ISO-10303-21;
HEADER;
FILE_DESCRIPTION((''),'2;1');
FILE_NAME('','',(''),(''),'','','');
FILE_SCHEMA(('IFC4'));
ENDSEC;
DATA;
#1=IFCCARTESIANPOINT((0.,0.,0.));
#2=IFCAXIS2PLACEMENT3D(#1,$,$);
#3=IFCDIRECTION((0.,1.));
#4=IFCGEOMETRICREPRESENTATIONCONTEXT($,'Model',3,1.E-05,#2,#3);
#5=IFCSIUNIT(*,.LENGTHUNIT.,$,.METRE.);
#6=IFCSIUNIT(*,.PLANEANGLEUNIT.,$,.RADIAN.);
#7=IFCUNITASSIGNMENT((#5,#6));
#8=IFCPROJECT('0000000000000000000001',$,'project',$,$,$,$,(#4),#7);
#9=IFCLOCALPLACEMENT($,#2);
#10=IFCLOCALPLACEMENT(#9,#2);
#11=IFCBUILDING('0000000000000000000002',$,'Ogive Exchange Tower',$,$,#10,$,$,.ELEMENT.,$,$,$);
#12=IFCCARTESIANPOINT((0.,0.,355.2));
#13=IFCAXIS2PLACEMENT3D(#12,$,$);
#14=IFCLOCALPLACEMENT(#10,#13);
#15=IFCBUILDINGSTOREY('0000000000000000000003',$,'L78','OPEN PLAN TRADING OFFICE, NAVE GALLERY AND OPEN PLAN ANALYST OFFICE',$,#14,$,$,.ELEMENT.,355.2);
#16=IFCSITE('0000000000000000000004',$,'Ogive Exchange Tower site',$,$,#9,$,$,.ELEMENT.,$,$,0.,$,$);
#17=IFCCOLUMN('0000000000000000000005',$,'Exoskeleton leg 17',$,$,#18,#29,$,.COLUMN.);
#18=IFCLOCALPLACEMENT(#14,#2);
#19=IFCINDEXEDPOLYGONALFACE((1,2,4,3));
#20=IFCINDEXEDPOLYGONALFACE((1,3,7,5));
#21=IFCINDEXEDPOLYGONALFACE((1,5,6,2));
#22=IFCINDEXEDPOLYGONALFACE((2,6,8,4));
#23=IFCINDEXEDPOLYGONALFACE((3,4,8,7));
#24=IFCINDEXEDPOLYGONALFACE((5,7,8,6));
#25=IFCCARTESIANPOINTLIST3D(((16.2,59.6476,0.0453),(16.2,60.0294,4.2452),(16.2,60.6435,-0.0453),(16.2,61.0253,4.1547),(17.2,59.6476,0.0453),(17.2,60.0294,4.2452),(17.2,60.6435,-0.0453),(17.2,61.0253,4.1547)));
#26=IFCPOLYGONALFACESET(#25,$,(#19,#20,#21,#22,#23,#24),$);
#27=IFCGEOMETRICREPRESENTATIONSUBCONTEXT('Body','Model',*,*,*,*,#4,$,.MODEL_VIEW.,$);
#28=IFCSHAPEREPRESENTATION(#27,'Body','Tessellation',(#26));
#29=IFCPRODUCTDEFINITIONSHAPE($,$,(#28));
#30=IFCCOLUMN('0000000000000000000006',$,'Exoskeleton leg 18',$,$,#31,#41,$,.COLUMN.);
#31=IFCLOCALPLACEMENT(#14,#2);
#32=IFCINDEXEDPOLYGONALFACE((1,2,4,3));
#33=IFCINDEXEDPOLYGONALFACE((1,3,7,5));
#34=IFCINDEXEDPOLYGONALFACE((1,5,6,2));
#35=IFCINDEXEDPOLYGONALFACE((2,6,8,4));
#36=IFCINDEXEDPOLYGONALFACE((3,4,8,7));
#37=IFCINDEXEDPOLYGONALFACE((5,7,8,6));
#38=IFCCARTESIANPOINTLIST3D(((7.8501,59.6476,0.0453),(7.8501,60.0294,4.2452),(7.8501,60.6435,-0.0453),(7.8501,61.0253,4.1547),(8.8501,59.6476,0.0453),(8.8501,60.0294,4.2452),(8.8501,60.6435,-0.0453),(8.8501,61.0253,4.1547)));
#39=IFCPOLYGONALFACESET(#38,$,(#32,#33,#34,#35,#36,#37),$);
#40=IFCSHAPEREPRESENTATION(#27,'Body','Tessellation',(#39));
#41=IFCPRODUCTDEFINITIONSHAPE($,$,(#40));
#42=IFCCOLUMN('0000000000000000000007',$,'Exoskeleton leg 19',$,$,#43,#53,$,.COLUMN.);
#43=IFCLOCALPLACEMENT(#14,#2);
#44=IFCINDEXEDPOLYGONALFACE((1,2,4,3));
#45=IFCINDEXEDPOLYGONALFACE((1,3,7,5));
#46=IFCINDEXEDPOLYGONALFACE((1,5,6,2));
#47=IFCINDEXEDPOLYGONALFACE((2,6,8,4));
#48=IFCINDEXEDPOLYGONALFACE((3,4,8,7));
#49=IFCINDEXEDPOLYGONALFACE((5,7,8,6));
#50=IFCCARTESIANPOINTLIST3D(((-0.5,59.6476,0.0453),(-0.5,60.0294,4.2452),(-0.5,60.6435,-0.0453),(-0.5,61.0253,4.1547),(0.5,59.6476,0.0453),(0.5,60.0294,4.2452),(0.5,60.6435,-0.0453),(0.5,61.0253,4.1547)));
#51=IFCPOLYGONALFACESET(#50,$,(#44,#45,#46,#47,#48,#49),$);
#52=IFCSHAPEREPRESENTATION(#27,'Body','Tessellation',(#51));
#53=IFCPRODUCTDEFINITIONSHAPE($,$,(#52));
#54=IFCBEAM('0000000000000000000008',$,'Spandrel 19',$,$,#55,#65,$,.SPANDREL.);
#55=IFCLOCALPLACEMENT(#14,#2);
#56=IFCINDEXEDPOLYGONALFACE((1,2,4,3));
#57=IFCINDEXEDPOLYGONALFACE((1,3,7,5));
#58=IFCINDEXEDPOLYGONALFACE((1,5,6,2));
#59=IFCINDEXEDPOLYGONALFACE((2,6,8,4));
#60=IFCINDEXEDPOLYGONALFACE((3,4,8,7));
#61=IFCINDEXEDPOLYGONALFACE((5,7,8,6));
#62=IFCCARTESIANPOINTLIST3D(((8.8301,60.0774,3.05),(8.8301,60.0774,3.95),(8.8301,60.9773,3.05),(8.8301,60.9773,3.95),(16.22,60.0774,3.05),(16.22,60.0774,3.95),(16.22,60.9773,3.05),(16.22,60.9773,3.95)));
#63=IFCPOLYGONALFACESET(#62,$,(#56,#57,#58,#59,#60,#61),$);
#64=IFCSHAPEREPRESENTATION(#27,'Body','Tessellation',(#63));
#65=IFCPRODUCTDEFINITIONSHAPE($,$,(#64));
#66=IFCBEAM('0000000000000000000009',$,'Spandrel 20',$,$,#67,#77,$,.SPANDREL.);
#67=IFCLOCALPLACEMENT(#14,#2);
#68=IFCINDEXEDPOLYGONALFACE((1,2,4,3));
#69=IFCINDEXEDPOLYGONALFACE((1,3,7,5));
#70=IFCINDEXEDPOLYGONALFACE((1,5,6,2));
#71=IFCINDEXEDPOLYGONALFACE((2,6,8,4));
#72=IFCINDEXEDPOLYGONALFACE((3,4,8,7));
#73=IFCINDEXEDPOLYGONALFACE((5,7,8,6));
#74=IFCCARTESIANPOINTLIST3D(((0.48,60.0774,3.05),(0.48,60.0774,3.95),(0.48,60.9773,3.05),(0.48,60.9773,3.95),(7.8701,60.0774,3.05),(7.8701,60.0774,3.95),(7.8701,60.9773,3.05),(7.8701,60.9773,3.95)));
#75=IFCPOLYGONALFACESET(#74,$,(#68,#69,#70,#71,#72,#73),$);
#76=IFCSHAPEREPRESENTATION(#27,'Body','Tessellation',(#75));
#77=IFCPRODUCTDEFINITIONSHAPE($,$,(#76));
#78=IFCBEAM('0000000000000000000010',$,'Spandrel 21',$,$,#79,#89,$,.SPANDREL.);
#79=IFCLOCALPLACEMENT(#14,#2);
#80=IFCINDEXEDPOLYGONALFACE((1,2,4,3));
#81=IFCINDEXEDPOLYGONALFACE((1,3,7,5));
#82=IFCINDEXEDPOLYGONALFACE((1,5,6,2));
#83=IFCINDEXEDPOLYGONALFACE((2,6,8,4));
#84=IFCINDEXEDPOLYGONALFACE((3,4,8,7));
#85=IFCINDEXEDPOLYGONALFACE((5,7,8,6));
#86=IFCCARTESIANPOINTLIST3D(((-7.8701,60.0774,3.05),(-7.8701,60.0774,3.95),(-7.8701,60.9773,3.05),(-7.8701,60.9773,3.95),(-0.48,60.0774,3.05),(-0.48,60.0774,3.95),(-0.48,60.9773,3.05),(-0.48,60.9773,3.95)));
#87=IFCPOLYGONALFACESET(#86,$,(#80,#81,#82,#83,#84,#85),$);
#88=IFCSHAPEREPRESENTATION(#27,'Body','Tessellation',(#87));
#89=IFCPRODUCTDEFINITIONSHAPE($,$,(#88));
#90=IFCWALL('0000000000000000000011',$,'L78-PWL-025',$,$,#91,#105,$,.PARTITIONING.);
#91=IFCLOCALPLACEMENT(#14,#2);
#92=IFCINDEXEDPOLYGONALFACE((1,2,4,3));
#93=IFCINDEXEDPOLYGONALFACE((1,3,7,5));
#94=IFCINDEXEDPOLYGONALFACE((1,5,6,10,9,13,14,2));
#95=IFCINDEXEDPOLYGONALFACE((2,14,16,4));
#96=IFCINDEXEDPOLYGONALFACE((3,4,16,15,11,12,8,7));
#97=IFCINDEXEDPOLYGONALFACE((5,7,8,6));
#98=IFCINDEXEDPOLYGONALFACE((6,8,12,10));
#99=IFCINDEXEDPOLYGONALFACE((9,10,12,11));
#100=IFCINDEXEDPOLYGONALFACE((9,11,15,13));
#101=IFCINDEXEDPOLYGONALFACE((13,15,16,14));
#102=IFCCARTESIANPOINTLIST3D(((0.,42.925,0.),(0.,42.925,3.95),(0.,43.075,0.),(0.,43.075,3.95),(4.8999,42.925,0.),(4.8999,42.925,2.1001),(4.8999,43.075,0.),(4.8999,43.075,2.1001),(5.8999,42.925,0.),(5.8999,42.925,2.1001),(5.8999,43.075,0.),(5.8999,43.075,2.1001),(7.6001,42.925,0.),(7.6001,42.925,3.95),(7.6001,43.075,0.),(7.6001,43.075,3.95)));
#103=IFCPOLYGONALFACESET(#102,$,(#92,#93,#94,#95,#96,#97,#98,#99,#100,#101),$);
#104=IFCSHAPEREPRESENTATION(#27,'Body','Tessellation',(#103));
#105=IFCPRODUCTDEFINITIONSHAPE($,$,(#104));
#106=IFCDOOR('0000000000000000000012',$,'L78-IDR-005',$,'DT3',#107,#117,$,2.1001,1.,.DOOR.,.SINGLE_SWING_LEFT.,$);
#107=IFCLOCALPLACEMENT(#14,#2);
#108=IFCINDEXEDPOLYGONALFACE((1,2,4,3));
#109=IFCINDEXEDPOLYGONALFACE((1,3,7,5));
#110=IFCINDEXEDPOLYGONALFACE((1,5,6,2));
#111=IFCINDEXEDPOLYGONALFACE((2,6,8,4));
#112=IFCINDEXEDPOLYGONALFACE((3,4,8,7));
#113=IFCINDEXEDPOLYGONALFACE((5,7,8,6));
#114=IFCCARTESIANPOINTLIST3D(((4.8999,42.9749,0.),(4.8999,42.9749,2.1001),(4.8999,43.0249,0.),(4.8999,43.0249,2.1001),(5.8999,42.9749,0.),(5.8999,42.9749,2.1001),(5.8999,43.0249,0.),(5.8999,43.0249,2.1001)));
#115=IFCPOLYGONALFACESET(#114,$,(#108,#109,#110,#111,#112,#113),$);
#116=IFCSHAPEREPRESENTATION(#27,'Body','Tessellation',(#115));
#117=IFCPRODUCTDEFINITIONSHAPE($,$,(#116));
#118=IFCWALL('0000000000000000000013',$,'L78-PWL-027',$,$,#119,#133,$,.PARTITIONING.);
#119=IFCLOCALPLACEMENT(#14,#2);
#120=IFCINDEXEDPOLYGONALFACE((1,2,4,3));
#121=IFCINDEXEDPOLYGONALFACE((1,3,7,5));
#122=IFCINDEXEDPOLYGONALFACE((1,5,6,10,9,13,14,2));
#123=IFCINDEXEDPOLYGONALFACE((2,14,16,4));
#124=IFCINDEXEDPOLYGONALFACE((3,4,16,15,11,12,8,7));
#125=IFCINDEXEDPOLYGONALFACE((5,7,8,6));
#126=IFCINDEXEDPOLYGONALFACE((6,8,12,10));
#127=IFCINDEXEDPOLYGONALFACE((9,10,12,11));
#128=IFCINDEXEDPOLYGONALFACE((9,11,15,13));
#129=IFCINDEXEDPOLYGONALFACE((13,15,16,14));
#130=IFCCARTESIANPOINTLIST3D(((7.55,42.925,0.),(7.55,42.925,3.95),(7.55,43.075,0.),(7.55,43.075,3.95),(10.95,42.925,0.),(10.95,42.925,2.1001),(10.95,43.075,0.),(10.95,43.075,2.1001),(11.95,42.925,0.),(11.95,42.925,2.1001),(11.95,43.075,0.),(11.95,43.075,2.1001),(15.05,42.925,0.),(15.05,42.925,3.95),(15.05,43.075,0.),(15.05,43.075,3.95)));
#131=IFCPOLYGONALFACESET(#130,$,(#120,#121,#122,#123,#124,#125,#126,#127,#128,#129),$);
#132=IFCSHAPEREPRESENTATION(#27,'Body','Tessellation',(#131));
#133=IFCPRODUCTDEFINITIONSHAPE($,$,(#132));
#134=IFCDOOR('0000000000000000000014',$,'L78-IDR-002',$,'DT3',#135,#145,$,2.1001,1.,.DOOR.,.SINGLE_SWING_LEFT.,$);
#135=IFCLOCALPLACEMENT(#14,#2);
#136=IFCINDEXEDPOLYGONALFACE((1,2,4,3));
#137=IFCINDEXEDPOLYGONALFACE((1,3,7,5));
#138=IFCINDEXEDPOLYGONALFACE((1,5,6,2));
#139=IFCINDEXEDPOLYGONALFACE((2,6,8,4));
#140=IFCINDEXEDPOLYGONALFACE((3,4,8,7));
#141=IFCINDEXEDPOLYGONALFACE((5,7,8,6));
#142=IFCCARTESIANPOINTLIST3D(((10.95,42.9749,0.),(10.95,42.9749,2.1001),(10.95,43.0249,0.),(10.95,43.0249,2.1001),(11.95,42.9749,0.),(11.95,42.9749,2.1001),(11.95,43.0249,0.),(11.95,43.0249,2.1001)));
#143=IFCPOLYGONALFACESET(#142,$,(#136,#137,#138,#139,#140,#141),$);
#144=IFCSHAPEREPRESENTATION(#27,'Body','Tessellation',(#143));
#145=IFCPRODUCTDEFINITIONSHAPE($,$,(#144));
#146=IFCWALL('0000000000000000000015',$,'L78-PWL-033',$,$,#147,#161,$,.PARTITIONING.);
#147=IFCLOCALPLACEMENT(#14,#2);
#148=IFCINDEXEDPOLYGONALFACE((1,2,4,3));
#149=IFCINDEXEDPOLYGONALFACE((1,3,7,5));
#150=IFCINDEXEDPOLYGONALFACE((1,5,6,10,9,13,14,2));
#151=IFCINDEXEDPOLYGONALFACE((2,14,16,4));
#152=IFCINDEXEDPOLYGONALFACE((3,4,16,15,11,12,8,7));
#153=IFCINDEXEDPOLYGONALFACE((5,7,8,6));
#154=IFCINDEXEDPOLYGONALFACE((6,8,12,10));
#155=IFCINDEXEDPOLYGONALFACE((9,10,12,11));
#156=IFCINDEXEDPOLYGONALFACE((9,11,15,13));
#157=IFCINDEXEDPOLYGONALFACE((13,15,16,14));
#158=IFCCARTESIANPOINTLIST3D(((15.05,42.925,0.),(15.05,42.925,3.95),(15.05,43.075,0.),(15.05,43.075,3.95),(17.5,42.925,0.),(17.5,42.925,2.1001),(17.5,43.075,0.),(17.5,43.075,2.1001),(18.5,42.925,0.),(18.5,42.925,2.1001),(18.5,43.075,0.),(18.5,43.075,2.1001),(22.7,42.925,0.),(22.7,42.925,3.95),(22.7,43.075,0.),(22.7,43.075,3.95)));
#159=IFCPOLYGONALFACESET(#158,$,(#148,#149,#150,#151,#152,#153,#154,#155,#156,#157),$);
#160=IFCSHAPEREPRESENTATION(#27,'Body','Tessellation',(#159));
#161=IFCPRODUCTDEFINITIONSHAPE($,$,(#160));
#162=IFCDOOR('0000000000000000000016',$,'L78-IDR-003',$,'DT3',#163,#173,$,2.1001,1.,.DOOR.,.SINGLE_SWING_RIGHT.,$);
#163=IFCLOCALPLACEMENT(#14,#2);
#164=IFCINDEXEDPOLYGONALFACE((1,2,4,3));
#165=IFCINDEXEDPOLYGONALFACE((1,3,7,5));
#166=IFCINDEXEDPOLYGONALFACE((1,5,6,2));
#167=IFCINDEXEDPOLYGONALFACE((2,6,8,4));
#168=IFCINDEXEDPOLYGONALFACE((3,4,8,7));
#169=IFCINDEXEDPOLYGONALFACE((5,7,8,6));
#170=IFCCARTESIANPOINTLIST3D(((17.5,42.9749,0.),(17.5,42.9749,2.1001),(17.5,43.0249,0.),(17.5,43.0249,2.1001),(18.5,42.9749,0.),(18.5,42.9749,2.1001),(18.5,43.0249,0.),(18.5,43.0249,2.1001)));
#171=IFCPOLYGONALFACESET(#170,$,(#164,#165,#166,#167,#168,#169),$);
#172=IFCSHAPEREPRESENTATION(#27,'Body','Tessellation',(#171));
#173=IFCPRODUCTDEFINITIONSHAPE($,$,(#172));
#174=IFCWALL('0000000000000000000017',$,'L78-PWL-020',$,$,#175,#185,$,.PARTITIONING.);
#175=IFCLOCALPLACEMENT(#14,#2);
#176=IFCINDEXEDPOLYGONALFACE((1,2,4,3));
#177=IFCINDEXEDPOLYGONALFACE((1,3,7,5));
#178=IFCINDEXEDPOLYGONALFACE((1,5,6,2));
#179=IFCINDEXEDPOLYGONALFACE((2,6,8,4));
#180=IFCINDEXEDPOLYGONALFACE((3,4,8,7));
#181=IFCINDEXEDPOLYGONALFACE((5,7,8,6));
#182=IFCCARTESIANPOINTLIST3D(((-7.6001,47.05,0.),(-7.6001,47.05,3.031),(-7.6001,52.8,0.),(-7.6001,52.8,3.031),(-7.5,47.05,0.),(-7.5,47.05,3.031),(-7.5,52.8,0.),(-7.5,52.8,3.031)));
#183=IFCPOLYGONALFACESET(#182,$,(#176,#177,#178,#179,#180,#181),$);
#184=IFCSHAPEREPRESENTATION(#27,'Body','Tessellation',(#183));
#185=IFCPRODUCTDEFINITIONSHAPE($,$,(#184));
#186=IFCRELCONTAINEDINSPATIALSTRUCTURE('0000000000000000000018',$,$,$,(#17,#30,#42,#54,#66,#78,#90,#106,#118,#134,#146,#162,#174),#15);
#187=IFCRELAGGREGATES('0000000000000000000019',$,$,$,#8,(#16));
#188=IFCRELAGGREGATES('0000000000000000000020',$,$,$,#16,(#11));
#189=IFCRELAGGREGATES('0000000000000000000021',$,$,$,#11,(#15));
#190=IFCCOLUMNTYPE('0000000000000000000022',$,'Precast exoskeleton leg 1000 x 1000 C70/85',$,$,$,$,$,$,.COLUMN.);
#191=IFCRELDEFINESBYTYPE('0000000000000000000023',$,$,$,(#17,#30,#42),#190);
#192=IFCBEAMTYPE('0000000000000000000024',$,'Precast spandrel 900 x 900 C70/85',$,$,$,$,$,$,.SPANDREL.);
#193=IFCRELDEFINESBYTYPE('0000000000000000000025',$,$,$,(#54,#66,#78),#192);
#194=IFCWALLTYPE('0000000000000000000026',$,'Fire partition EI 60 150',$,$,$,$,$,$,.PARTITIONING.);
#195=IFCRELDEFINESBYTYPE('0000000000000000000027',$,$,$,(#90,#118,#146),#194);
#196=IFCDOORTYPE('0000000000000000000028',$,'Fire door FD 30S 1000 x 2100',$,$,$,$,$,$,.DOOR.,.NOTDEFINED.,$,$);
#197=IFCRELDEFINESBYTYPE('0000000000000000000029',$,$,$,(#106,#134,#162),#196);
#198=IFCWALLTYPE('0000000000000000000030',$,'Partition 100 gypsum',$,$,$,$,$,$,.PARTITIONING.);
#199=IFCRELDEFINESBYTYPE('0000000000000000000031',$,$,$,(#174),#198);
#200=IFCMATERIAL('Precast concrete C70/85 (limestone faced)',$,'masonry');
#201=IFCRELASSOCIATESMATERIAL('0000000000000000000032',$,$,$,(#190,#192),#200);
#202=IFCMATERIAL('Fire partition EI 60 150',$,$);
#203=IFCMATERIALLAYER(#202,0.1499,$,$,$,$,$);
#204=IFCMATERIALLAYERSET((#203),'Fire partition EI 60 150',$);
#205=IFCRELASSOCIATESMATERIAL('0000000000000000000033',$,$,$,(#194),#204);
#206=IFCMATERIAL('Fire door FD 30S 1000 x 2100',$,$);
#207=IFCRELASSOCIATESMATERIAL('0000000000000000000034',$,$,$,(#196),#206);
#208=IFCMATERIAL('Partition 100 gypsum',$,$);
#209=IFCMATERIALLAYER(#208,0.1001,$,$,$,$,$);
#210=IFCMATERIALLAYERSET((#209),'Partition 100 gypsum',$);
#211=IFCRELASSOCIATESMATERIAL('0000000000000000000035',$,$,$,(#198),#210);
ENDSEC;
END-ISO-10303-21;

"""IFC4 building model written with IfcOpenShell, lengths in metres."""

from ifc_helpers import new_model, si_unit, direction, frame, frame_2d, origin, origin_2d, place, context, subcontext, project, spatial, rectangle, extrude, material, layer, layer_set, material_profile, profile_set, type_object, element, fill, save


model = new_model("IFC4")

# Units and contexts
model_context = context("Model", 3, precision=1e-05, world=origin(), true_north=direction((0.0, 1.0)))
body_context = subcontext(model_context, "Body", "Model", "MODEL_VIEW")
ifc_project = project(units=[si_unit("LENGTHUNIT", "METRE"), si_unit("PLANEANGLEUNIT", "RADIAN")], contexts=[model_context])

# Site, building, storey
site_placement = place(None, origin())
site = spatial("IfcSite", under=ifc_project, at=site_placement, Name="Ogive Exchange Tower site", CompositionType="ELEMENT", RefElevation=0.0)
building_placement = place(site_placement, origin())
building = spatial("IfcBuilding", under=site, at=building_placement, Name="Ogive Exchange Tower", CompositionType="ELEMENT")
storey_placement = place(building_placement, frame((0.0, 0.0, 355.2)))
storey = spatial("IfcBuildingStorey", under=building, at=storey_placement, Name="L78", Description="OPEN PLAN TRADING OFFICE, NAVE GALLERY AND OPEN PLAN ANALYST OFFICE", CompositionType="ELEMENT", Elevation=355.2)

# Columns
ifc_material_1 = material(Name="Precast concrete C70/85 (limestone faced)", Category="masonry")
ifc_material_profile_1 = material_profile(ifc_material_1, rectangle(XDim=1.0, YDim=1.0, at=origin_2d()), Name="1000 x 1000")
ifc_profile_set_1 = profile_set([ifc_material_profile_1], Name="Precast concrete C70/85 (limestone faced)")
column_type = type_object("IfcColumnType", Name="Precast exoskeleton leg 1000 x 1000 C70/85", PredefinedType="COLUMN", material=ifc_profile_set_1)
for number, where, z_axis, x_axis, name in (
    (1, (16.7, 60.1455, 0.0), (0.0, 0.090541, 0.995893), (-1.0, 0.0, 0.0), "Exoskeleton leg 17"),
    (2, (8.3501, 60.1455, 0.0), (0.0, 0.090541, 0.995893), (-1.0, 0.0, 0.0), "Exoskeleton leg 18"),
    (3, (0.0, 60.1455, 0.0), (0.0, 0.090541, 0.995893), (-1.0, 0.0, 0.0), "Exoskeleton leg 19"),
):
    element("IfcColumn", number, at=place(storey_placement, frame(where, z_axis=z_axis, x_axis=x_axis)), inside=storey, type_object=column_type, Name=name, PredefinedType="COLUMN", context=body_context, shape_type="SweptSolid", body=[
        extrude(rectangle(XDim=1.0, YDim=1.0, at=origin_2d()), origin(), (0.0, 0.0, 1.0), 4.2173),
    ])

# Beams
ifc_material_profile_2 = material_profile(ifc_material_1, rectangle(XDim=0.8999, YDim=0.8999, at=origin_2d()), Name="900 x 900")
ifc_profile_set_2 = profile_set([ifc_material_profile_2], Name="Precast concrete C70/85 (limestone faced)")
beam_type = type_object("IfcBeamType", Name="Precast spandrel 900 x 900 C70/85", PredefinedType="SPANDREL", material=ifc_profile_set_2)
beam_placement = place(storey_placement, frame((16.22, 60.5273, 3.5), z_axis=(-1.0, 0.0, 0.0), x_axis=(0.0, -1.0, 0.0)))
element("IfcBeam", 4, at=beam_placement, inside=storey, type_object=beam_type, Name="Spandrel 19", PredefinedType="SPANDREL", context=body_context, shape_type="SweptSolid", body=[
    extrude(rectangle(XDim=0.8999, YDim=0.8999, at=origin_2d()), origin(), (0.0, 0.0, 1.0), 7.3899),
])
for number, where, z_axis, x_axis, name in (
    (5, (7.8701, 60.5273, 3.5), (-1.0, 0.0, 0.0), (0.0, -1.0, 0.0), "Spandrel 20"),
    (6, (-0.48, 60.5273, 3.5), (-1.0, 0.0, 0.0), (0.0, -1.0, 0.0), "Spandrel 21"),
):
    element("IfcBeam", number, at=place(storey_placement, frame(where, z_axis=z_axis, x_axis=x_axis)), inside=storey, type_object=beam_type, Name=name, PredefinedType="SPANDREL", context=body_context, shape_type="SweptSolid", body=[
        extrude(rectangle(XDim=0.8999, YDim=0.8999, at=origin_2d()), origin(), (0.0, 0.0, 1.0), 7.3901),
    ])

# Walls, openings, doors
ifc_material_2 = material(Name="Fire partition EI 60 150")
ifc_layer_1 = layer(ifc_material_2, 0.1499)
ifc_layer_set_1 = layer_set([ifc_layer_1], Name="Fire partition EI 60 150")
wall_type_1 = type_object("IfcWallType", Name="Fire partition EI 60 150", PredefinedType="PARTITIONING", material=ifc_layer_set_1)
wall_1_placement = place(storey_placement, frame((0.0, 43.0, 0.0), z_axis=(0.0, 0.0, 1.0), x_axis=(1.0, 0.0, 0.0)))
wall_1 = element("IfcWall", 7, at=wall_1_placement, inside=storey, type_object=wall_type_1, Name="L78-PWL-025", PredefinedType="PARTITIONING", context=body_context, shape_type="SweptSolid", body=[
    extrude(rectangle(XDim=7.6001, YDim=0.1499, at=frame_2d((3.8, 0.0))), origin(), (0.0, 0.0, 1.0), 3.95),
])
opening_1_placement = place(wall_1_placement, frame((4.8999, 0.0, 0.0)))
opening_1 = element("IfcOpeningElement", 8, at=opening_1_placement, cuts=wall_1, PredefinedType="OPENING", context=body_context, shape_type="SweptSolid", body=[
    extrude(rectangle(XDim=1.0, YDim=2.1001, at=frame_2d((0.5, 1.05))), frame((0.0, 0.085, 0.0), z_axis=(0.0, -1.0, 0.0), x_axis=(1.0, 0.0, 0.0)), (0.0, 0.0, 1.0), 0.1699),
])
ifc_material_3 = material(Name="Fire door FD 30S 1000 x 2100")
door_type_1 = type_object("IfcDoorType", Name="Fire door FD 30S 1000 x 2100", OperationType="NOTDEFINED", PredefinedType="DOOR", material=ifc_material_3)
door_1_placement = place(opening_1_placement, origin())
door_1 = element("IfcDoor", 9, at=door_1_placement, inside=storey, type_object=door_type_1, Name="L78-IDR-005", ObjectType="DT3", OperationType="SINGLE_SWING_LEFT", OverallHeight=2.1001, OverallWidth=1.0, PredefinedType="DOOR", context=body_context, shape_type="SweptSolid", body=[
    extrude(rectangle(XDim=1.0, YDim=2.1001, at=frame_2d((0.5, 1.05))), frame((0.0, 0.0249, 0.0), z_axis=(0.0, -1.0, 0.0), x_axis=(1.0, 0.0, 0.0)), (0.0, 0.0, 1.0), 0.05),
])
fill(opening_1, door_1)
wall_2_placement = place(storey_placement, frame((7.55, 43.0, 0.0), z_axis=(0.0, 0.0, 1.0), x_axis=(1.0, 0.0, 0.0)))
wall_2 = element("IfcWall", 10, at=wall_2_placement, inside=storey, type_object=wall_type_1, Name="L78-PWL-027", PredefinedType="PARTITIONING", context=body_context, shape_type="SweptSolid", body=[
    extrude(rectangle(XDim=7.5, YDim=0.1499, at=frame_2d((3.75, 0.0))), origin(), (0.0, 0.0, 1.0), 3.95),
])
opening_2_placement = place(wall_2_placement, frame((3.3999, 0.0, 0.0)))
opening_2 = element("IfcOpeningElement", 11, at=opening_2_placement, cuts=wall_2, PredefinedType="OPENING", context=body_context, shape_type="SweptSolid", body=[
    extrude(rectangle(XDim=1.0, YDim=2.1001, at=frame_2d((0.5, 1.05))), frame((0.0, 0.085, 0.0), z_axis=(0.0, -1.0, 0.0), x_axis=(1.0, 0.0, 0.0)), (0.0, 0.0, 1.0), 0.1699),
])
door_2_placement = place(opening_2_placement, origin())
door_2 = element("IfcDoor", 12, at=door_2_placement, inside=storey, type_object=door_type_1, Name="L78-IDR-002", ObjectType="DT3", OperationType="SINGLE_SWING_LEFT", OverallHeight=2.1001, OverallWidth=1.0, PredefinedType="DOOR", context=body_context, shape_type="SweptSolid", body=[
    extrude(rectangle(XDim=1.0, YDim=2.1001, at=frame_2d((0.5, 1.05))), frame((0.0, 0.0249, 0.0), z_axis=(0.0, -1.0, 0.0), x_axis=(1.0, 0.0, 0.0)), (0.0, 0.0, 1.0), 0.05),
])
fill(opening_2, door_2)
wall_3_placement = place(storey_placement, frame((15.05, 43.0, 0.0), z_axis=(0.0, 0.0, 1.0), x_axis=(1.0, 0.0, 0.0)))
wall_3 = element("IfcWall", 13, at=wall_3_placement, inside=storey, type_object=wall_type_1, Name="L78-PWL-033", PredefinedType="PARTITIONING", context=body_context, shape_type="SweptSolid", body=[
    extrude(rectangle(XDim=7.6499, YDim=0.1499, at=frame_2d((3.825, 0.0))), origin(), (0.0, 0.0, 1.0), 3.95),
])
opening_3_placement = place(wall_3_placement, frame((2.45, 0.0, 0.0)))
opening_3 = element("IfcOpeningElement", 14, at=opening_3_placement, cuts=wall_3, PredefinedType="OPENING", context=body_context, shape_type="SweptSolid", body=[
    extrude(rectangle(XDim=1.0, YDim=2.1001, at=frame_2d((0.5, 1.05))), frame((0.0, 0.085, 0.0), z_axis=(0.0, -1.0, 0.0), x_axis=(1.0, 0.0, 0.0)), (0.0, 0.0, 1.0), 0.1699),
])
door_3_placement = place(opening_3_placement, origin())
door_3 = element("IfcDoor", 15, at=door_3_placement, inside=storey, type_object=door_type_1, Name="L78-IDR-003", ObjectType="DT3", OperationType="SINGLE_SWING_RIGHT", OverallHeight=2.1001, OverallWidth=1.0, PredefinedType="DOOR", context=body_context, shape_type="SweptSolid", body=[
    extrude(rectangle(XDim=1.0, YDim=2.1001, at=frame_2d((0.5, 1.05))), frame((0.0, 0.0249, 0.0), z_axis=(0.0, -1.0, 0.0), x_axis=(1.0, 0.0, 0.0)), (0.0, 0.0, 1.0), 0.05),
])
fill(opening_3, door_3)

# Wall
ifc_material_4 = material(Name="Partition 100 gypsum")
ifc_layer_2 = layer(ifc_material_4, 0.1001)
ifc_layer_set_2 = layer_set([ifc_layer_2], Name="Partition 100 gypsum")
wall_type_2 = type_object("IfcWallType", Name="Partition 100 gypsum", PredefinedType="PARTITIONING", material=ifc_layer_set_2)
wall_4_placement = place(storey_placement, frame((-7.55, 47.05, 0.0), z_axis=(0.0, 0.0, 1.0), x_axis=(0.0, 1.0, 0.0)))
element("IfcWall", 16, at=wall_4_placement, inside=storey, type_object=wall_type_2, Name="L78-PWL-020", PredefinedType="PARTITIONING", context=body_context, shape_type="SweptSolid", body=[
    extrude(rectangle(XDim=5.75, YDim=0.1001, at=frame_2d((2.875, 0.0))), origin(), (0.0, 0.0, 1.0), 3.031),
])

save(model, "model.ifc")
